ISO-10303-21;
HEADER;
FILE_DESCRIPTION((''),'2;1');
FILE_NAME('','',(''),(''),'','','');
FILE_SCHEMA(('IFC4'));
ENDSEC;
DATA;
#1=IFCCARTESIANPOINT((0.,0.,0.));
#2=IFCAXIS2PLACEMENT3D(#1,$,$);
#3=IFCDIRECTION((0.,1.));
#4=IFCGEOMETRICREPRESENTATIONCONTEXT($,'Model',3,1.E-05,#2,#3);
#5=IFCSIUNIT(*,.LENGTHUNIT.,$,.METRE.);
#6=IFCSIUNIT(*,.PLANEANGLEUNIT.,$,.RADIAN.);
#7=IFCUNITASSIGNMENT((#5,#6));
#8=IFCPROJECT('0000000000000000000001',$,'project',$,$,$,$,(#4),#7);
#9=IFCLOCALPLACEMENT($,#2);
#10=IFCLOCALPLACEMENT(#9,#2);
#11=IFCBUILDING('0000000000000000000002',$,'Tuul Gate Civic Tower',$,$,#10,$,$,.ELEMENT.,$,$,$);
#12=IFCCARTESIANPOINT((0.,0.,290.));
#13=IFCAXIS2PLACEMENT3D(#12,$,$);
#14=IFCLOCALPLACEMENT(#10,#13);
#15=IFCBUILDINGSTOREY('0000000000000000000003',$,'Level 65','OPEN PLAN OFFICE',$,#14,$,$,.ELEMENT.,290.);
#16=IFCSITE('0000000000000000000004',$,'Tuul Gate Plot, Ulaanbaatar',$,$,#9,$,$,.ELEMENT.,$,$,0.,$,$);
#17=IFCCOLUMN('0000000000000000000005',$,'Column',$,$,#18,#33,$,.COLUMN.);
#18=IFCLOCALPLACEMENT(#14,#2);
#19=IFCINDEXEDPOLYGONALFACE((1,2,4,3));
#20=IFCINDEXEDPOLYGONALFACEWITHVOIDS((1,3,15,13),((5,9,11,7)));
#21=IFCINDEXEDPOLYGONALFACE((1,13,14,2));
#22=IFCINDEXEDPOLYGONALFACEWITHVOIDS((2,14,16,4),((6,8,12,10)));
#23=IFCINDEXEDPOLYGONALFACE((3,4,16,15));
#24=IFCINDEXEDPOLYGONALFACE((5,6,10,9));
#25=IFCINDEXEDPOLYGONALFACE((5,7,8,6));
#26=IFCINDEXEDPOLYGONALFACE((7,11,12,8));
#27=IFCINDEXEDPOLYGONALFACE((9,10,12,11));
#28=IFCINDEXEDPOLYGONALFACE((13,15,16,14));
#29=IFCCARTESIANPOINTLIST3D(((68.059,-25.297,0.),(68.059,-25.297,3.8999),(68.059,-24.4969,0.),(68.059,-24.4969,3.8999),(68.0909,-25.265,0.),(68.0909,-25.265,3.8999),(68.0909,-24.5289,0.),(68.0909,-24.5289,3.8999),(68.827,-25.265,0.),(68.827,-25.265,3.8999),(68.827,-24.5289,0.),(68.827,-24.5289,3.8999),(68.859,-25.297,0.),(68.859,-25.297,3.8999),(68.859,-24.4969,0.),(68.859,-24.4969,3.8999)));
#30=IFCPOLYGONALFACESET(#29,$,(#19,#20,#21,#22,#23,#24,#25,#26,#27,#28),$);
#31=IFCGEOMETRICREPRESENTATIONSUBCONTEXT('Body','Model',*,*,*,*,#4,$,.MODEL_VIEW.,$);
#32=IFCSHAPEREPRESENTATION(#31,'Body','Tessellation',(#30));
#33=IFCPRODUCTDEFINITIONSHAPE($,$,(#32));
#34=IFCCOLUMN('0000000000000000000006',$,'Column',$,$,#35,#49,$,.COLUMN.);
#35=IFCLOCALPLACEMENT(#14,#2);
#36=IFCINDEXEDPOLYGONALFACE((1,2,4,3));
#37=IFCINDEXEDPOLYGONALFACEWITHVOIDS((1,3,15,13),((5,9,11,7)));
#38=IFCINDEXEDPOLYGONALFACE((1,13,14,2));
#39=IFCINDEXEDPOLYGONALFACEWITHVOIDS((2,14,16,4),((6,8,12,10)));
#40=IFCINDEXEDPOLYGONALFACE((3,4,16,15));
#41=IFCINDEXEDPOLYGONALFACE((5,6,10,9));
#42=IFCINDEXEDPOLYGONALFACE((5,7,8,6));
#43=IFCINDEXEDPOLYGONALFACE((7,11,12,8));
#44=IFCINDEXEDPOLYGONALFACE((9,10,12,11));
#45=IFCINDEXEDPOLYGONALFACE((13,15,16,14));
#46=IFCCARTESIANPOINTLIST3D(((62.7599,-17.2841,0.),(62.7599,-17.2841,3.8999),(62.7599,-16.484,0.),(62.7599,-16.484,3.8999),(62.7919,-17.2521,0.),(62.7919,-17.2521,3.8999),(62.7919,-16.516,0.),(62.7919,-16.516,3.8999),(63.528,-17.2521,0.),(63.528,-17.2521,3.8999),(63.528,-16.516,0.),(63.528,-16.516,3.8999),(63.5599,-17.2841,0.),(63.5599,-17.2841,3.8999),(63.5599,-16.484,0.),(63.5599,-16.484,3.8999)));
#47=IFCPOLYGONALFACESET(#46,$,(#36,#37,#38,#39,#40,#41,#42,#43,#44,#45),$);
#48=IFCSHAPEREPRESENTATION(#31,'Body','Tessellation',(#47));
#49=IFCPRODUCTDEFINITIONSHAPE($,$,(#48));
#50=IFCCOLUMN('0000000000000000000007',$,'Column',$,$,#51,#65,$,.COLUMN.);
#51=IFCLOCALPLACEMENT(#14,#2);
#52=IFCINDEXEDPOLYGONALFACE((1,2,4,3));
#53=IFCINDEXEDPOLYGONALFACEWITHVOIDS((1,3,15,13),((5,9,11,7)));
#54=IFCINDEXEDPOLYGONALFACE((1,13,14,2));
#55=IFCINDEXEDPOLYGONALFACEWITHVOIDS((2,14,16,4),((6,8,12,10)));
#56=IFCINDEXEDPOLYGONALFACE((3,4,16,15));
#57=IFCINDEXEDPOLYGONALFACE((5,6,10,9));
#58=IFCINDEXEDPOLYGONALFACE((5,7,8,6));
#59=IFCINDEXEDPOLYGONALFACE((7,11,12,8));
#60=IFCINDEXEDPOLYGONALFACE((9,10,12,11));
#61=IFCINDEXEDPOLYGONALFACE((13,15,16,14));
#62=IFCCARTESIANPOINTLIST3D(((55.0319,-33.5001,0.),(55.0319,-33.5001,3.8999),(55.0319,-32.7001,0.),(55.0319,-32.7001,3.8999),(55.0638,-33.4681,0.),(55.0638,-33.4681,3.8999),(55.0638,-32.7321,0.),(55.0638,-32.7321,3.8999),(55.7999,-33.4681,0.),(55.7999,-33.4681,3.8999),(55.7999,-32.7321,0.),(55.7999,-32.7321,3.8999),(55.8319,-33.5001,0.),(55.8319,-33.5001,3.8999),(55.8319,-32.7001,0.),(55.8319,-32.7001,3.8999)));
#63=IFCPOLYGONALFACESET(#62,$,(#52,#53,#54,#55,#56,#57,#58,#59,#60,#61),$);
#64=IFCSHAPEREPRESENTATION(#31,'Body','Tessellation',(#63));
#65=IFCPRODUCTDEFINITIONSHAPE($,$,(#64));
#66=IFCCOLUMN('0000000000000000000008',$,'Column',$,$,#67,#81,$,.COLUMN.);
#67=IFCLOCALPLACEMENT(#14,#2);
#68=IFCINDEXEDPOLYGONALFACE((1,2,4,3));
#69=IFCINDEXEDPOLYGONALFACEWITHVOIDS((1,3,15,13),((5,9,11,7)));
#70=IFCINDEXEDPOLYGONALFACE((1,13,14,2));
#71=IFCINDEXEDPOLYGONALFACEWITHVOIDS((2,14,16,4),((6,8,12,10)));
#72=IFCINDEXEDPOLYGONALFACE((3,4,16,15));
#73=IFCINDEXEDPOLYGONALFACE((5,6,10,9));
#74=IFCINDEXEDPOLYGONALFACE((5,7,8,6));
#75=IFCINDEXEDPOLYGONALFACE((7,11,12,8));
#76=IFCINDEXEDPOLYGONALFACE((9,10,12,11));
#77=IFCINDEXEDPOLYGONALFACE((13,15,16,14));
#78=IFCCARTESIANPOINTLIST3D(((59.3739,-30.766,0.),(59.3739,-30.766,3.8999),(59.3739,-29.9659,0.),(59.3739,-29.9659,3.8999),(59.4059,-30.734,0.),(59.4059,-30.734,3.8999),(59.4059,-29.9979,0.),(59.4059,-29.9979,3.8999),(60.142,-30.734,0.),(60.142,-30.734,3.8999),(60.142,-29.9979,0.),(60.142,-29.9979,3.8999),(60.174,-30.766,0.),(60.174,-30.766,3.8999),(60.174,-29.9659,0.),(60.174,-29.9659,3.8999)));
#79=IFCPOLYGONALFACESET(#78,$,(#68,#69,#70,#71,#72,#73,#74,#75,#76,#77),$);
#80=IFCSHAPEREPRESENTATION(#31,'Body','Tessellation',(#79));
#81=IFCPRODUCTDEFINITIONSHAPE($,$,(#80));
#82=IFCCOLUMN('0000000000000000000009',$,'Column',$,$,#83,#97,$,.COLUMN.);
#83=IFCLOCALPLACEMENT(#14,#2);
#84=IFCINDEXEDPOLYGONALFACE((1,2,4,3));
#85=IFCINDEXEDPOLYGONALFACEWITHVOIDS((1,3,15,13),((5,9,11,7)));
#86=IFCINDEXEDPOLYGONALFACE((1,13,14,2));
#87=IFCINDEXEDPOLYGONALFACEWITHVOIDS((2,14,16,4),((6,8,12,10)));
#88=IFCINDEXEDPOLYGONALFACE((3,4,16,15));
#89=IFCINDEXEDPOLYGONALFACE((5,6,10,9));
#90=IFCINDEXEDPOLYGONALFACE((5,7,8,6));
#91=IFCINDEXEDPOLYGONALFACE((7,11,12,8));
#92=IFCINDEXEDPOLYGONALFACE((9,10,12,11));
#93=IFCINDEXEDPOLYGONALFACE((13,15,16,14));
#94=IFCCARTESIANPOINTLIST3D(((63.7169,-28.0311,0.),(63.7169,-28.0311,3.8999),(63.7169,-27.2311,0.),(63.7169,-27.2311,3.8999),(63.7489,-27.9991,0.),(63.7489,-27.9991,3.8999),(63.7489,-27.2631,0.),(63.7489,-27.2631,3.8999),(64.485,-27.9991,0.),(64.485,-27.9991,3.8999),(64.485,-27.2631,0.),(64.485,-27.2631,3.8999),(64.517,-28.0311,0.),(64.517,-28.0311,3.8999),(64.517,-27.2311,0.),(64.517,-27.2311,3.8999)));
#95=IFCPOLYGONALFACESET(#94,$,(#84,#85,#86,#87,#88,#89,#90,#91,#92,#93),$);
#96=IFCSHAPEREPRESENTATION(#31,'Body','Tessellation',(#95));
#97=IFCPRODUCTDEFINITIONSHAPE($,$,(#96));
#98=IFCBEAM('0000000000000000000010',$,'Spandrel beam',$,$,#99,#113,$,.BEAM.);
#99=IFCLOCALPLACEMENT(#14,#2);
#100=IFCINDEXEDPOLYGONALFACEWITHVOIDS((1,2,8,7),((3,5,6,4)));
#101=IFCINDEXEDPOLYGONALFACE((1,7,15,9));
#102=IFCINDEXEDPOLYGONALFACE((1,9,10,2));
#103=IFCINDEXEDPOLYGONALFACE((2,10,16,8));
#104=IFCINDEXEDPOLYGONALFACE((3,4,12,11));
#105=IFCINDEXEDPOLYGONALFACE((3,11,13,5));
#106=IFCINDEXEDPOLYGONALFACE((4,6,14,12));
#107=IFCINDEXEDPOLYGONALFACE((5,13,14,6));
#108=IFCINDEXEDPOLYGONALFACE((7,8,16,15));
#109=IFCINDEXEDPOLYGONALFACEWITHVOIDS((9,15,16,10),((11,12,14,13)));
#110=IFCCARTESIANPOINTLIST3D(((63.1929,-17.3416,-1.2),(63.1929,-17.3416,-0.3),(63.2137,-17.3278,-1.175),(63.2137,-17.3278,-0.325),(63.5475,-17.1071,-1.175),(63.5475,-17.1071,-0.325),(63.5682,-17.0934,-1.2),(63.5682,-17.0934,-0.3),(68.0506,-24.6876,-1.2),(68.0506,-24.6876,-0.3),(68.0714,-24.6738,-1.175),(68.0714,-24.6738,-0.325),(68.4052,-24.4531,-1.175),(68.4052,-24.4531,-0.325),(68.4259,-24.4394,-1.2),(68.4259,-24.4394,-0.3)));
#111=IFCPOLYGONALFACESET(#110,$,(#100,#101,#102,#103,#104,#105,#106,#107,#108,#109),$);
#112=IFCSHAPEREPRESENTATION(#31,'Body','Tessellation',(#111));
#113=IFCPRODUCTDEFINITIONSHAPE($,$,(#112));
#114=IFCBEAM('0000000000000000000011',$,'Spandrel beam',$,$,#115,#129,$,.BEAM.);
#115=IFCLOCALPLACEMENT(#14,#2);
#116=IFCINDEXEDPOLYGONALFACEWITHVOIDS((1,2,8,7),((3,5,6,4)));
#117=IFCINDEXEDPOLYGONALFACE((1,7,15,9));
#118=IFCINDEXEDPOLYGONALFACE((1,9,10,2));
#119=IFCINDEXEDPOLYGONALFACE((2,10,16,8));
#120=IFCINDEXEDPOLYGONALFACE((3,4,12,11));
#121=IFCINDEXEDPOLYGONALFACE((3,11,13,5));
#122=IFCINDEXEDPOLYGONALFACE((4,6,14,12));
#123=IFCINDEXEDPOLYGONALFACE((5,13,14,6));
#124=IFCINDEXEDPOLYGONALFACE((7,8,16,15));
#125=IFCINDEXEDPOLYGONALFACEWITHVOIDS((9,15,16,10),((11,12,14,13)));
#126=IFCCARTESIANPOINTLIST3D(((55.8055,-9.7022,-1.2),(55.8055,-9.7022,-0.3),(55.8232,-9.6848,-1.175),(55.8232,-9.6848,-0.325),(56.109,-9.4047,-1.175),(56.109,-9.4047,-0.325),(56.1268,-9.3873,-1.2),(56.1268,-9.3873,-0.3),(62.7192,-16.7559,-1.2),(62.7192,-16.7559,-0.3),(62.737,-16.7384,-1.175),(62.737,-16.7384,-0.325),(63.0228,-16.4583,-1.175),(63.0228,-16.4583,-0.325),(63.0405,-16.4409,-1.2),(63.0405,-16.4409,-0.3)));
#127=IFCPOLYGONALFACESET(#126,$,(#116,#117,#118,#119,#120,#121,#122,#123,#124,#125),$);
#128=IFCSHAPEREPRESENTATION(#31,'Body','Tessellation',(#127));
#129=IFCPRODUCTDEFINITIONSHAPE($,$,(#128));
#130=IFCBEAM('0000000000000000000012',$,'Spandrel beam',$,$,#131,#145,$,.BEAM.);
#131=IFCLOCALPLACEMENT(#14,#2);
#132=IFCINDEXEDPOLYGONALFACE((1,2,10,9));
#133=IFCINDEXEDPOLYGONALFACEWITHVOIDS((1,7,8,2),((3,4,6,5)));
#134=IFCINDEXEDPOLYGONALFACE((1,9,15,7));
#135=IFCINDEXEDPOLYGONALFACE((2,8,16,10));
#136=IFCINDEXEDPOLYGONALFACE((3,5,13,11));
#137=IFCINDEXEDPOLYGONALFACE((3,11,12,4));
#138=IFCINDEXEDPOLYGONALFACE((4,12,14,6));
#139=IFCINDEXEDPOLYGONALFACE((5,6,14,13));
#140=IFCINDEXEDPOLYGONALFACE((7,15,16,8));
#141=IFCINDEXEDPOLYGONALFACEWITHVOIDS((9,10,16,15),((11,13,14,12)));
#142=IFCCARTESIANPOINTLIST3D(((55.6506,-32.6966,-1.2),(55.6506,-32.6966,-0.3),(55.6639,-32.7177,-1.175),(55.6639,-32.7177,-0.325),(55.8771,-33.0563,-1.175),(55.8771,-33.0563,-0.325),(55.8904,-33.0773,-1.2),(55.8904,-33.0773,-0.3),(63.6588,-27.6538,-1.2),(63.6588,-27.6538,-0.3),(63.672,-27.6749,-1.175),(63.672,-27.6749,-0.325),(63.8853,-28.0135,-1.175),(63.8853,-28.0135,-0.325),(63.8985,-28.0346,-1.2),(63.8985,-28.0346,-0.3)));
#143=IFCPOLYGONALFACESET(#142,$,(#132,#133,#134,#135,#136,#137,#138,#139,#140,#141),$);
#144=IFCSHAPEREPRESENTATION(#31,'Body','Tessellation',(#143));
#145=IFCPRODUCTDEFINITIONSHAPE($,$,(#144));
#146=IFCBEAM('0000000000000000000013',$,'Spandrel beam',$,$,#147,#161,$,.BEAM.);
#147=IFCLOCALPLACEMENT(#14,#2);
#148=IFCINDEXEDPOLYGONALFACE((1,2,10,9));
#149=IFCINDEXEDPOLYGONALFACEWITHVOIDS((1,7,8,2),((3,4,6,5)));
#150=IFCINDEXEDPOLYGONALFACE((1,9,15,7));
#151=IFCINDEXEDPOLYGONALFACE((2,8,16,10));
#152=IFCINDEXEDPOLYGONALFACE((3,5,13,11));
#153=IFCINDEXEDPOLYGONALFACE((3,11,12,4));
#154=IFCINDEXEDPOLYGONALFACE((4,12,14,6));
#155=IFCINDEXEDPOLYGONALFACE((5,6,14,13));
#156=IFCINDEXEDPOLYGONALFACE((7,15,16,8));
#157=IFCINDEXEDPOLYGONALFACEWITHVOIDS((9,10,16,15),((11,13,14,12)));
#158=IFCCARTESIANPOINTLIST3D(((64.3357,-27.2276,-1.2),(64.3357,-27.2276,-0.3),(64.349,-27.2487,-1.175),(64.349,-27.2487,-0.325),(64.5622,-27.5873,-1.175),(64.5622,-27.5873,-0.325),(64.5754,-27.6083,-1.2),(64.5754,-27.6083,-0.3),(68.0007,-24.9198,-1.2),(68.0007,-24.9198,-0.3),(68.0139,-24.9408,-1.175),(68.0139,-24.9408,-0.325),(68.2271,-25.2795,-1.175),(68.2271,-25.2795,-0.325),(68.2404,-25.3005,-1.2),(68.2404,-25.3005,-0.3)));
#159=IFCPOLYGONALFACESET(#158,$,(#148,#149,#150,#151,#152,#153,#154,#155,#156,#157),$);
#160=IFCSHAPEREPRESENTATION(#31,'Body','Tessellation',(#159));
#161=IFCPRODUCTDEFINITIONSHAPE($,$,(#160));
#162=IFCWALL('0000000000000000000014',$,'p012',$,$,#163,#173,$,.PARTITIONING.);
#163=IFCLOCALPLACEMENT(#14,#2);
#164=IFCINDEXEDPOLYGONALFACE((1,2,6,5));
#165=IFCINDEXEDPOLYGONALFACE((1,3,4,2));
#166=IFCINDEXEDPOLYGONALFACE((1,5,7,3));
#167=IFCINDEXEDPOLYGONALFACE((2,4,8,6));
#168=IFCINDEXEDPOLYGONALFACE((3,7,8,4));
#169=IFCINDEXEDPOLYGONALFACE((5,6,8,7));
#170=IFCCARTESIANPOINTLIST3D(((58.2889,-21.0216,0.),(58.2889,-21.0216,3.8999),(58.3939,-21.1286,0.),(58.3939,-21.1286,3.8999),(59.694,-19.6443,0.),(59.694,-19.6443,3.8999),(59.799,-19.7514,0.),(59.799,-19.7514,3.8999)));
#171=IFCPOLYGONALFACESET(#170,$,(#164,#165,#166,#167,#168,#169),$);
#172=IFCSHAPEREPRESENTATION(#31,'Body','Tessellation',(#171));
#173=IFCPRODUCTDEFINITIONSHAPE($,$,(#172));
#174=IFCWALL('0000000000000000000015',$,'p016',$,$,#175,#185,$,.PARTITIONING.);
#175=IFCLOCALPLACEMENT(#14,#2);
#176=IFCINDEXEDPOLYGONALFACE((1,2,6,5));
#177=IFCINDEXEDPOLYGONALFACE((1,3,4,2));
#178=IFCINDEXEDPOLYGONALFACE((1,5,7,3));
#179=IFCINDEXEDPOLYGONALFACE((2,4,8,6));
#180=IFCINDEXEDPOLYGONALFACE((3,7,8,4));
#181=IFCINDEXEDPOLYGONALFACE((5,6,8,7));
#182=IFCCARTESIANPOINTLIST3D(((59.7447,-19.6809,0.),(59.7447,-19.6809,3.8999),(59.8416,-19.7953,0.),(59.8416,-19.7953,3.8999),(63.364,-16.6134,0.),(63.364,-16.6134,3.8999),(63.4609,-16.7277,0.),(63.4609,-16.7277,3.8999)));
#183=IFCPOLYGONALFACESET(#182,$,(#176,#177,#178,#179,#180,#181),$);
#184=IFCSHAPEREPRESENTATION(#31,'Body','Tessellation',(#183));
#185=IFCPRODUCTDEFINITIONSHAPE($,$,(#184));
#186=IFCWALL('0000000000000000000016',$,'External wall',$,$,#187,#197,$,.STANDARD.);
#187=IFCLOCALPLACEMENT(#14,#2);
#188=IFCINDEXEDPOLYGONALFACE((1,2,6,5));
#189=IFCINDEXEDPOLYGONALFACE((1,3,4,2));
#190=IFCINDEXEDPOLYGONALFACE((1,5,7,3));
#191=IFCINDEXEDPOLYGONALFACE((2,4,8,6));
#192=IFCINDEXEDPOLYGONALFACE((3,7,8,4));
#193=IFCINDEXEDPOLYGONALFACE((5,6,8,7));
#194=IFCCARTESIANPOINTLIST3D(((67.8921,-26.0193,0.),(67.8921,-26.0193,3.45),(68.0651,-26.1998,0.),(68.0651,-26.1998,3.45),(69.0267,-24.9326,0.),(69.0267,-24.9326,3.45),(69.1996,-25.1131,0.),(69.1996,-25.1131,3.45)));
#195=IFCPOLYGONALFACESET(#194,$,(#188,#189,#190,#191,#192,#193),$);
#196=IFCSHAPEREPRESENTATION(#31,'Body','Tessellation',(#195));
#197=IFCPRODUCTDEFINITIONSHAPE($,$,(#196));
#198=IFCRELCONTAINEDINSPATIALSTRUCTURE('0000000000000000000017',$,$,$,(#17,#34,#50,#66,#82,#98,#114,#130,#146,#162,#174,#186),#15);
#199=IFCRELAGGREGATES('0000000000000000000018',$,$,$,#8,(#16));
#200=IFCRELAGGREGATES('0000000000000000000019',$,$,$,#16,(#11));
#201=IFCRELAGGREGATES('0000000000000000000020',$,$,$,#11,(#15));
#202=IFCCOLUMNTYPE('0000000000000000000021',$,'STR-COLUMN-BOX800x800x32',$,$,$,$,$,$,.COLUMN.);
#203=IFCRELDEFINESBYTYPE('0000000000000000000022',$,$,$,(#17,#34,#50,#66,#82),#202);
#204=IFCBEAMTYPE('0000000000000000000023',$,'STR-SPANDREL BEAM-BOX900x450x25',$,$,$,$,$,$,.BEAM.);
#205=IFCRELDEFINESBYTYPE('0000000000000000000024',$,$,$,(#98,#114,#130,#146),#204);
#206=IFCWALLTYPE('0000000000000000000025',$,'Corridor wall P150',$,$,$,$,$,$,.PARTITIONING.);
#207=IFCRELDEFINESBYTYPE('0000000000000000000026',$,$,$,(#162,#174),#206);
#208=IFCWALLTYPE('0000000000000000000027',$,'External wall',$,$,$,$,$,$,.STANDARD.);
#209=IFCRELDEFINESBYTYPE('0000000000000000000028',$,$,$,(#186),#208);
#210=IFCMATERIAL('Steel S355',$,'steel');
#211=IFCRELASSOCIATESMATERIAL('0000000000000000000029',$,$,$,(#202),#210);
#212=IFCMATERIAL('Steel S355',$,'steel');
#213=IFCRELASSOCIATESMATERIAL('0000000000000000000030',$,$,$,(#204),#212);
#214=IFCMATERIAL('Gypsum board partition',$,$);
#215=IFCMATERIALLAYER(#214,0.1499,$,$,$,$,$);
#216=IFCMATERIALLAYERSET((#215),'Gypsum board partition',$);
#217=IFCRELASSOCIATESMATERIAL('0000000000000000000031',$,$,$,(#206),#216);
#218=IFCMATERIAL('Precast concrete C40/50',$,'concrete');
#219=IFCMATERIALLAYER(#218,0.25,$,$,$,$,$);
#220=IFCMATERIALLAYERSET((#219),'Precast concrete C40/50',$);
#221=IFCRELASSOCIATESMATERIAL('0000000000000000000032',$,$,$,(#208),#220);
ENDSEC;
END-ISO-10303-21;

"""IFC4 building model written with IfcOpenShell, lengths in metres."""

from ifc_helpers import new_model, si_unit, direction, frame, frame_2d, origin, origin_2d, place, context, subcontext, project, spatial, rectangle, hollow_rectangle, extrude, material, layer, layer_set, material_profile, profile_set, type_object, element, save


model = new_model("IFC4")

# Units and contexts
model_context = context("Model", 3, precision=1e-05, world=origin(), true_north=direction((0.0, 1.0)))
body_context = subcontext(model_context, "Body", "Model", "MODEL_VIEW")
ifc_project = project(units=[si_unit("LENGTHUNIT", "METRE"), si_unit("PLANEANGLEUNIT", "RADIAN")], contexts=[model_context])

# Site, building, storey
site_placement = place(None, origin())
site = spatial("IfcSite", under=ifc_project, at=site_placement, Name="Tuul Gate Plot, Ulaanbaatar", CompositionType="ELEMENT", RefElevation=0.0)
building_placement = place(site_placement, origin())
building = spatial("IfcBuilding", under=site, at=building_placement, Name="Tuul Gate Civic Tower", CompositionType="ELEMENT")
storey_placement = place(building_placement, frame((0.0, 0.0, 290.0)))
storey = spatial("IfcBuildingStorey", under=building, at=storey_placement, Name="Level 65", Description="OPEN PLAN OFFICE", CompositionType="ELEMENT", Elevation=290.0)

# Columns
ifc_material_1 = material(Name="Steel S355", Category="steel")
ifc_material_profile_1 = material_profile(ifc_material_1, hollow_rectangle(XDim=0.8, YDim=0.8, WallThickness=0.032, at=origin_2d()), Name="BOX800x800x32")
ifc_profile_set_1 = profile_set([ifc_material_profile_1], Name="Steel S355")
column_type = type_object("IfcColumnType", Name="STR-COLUMN-BOX800x800x32", PredefinedType="COLUMN", material=ifc_profile_set_1)
for number, where, z_axis, x_axis, name in (
    (1, (68.459, -24.897, 0.0), (0.0, 0.0, 1.0), (1.0, 0.0, 0.0), "Column"),
    (2, (63.1599, -16.884, 0.0), (0.0, 0.0, 1.0), (1.0, 0.0, 0.0), "Column"),
    (3, (55.4319, -33.1001, 0.0), (0.0, 0.0, 1.0), (1.0, 0.0, 0.0), "Column"),
    (4, (59.7739, -30.366, 0.0), (0.0, 0.0, 1.0), (1.0, 0.0, 0.0), "Column"),
    (5, (64.1169, -27.6311, 0.0), (0.0, 0.0, 1.0), (1.0, 0.0, 0.0), "Column"),
):
    element("IfcColumn", number, at=place(storey_placement, frame(where, z_axis=z_axis, x_axis=x_axis)), inside=storey, type_object=column_type, Name=name, PredefinedType="COLUMN", context=body_context, shape_type="SweptSolid", body=[
        extrude(hollow_rectangle(XDim=0.8, YDim=0.8, WallThickness=0.032, at=origin_2d()), origin(), (0.0, 0.0, 1.0), 3.8999),
    ])

# Beams
ifc_material_2 = material(Name="Steel S355", Category="steel")
ifc_material_profile_2 = material_profile(ifc_material_2, hollow_rectangle(XDim=0.45, YDim=0.8999, WallThickness=0.0249, at=origin_2d()), Name="BOX900x450x25")
ifc_profile_set_2 = profile_set([ifc_material_profile_2], Name="Steel S355")
beam_type = type_object("IfcBeamType", Name="STR-SPANDREL BEAM-BOX900x450x25", PredefinedType="BEAM", material=ifc_profile_set_2)
beam_1_placement = place(storey_placement, frame((68.2383, -24.5635, -0.75), z_axis=(-0.551581, 0.834121, 0.0), x_axis=(-0.834121, -0.551581, 0.0)))
element("IfcBeam", 6, at=beam_1_placement, inside=storey, type_object=beam_type, Name="Spandrel beam", PredefinedType="BEAM", context=body_context, shape_type="SweptSolid", body=[
    extrude(hollow_rectangle(XDim=0.45, YDim=0.8999, WallThickness=0.0249, at=origin_2d()), origin(), (0.0, 0.0, 1.0), 8.8069),
])
beam_2_placement = place(storey_placement, frame((62.8799, -16.5984, -0.75), z_axis=(-0.69999, 0.714153, 0.0), x_axis=(-0.714153, -0.69999, 0.0)))
element("IfcBeam", 7, at=beam_2_placement, inside=storey, type_object=beam_type, Name="Spandrel beam", PredefinedType="BEAM", context=body_context, shape_type="SweptSolid", body=[
    extrude(hollow_rectangle(XDim=0.45, YDim=0.8999, WallThickness=0.0249, at=origin_2d()), origin(), (0.0, 0.0, 1.0), 9.877),
])
beam_3_placement = place(storey_placement, frame((55.7705, -32.887, -0.75), z_axis=(0.846204, 0.53286, 0.0), x_axis=(-0.53286, 0.846204, 0.0)))
element("IfcBeam", 8, at=beam_3_placement, inside=storey, type_object=beam_type, Name="Spandrel beam", PredefinedType="BEAM", context=body_context, shape_type="SweptSolid", body=[
    extrude(hollow_rectangle(XDim=0.45, YDim=0.8999, WallThickness=0.0249, at=origin_2d()), origin(), (0.0, 0.0, 1.0), 9.4636),
])
beam_4_placement = place(storey_placement, frame((64.4556, -27.418, -0.75), z_axis=(0.846207, 0.532854, 0.0), x_axis=(-0.532854, 0.846207, 0.0)))
element("IfcBeam", 9, at=beam_4_placement, inside=storey, type_object=beam_type, Name="Spandrel beam", PredefinedType="BEAM", context=body_context, shape_type="SweptSolid", body=[
    extrude(hollow_rectangle(XDim=0.45, YDim=0.8999, WallThickness=0.0249, at=origin_2d()), origin(), (0.0, 0.0, 1.0), 4.3311),
])

# Walls
ifc_material_3 = material(Name="Gypsum board partition")
ifc_layer_1 = layer(ifc_material_3, 0.1499)
ifc_layer_set_1 = layer_set([ifc_layer_1], Name="Gypsum board partition")
wall_type_1 = type_object("IfcWallType", Name="Corridor wall P150", PredefinedType="PARTITIONING", material=ifc_layer_set_1)
wall_1_placement = place(storey_placement, frame((58.3413, -21.0752, 0.0), z_axis=(0.0, 0.0, 1.0), x_axis=(0.714145, 0.699998, 0.0)))
element("IfcWall", 10, at=wall_1_placement, inside=storey, type_object=wall_type_1, Name="p012", PredefinedType="PARTITIONING", context=body_context, shape_type="SweptSolid", body=[
    extrude(rectangle(XDim=1.9675, YDim=0.1499, at=frame_2d((0.9839, 0.0))), origin(), (0.0, 0.0, 1.0), 3.8999),
])
wall_2_placement = place(storey_placement, frame((59.7932, -19.738, 0.0), z_axis=(0.0, 0.0, 1.0), x_axis=(0.762859, 0.646565, 0.0)))
element("IfcWall", 11, at=wall_2_placement, inside=storey, type_object=wall_type_1, Name="p016", PredefinedType="PARTITIONING", context=body_context, shape_type="SweptSolid", body=[
    extrude(rectangle(XDim=4.7444, YDim=0.1499, at=frame_2d((2.3721, 0.0))), origin(), (0.0, 0.0, 1.0), 3.8999),
])
ifc_material_4 = material(Name="Precast concrete C40/50", Category="concrete")
ifc_layer_2 = layer(ifc_material_4, 0.25)
ifc_layer_set_2 = layer_set([ifc_layer_2], Name="Precast concrete C40/50")
wall_type_2 = type_object("IfcWallType", Name="External wall", PredefinedType="STANDARD", material=ifc_layer_set_2)
wall_3_placement = place(storey_placement, frame((67.9785, -26.1096, 0.0), z_axis=(0.0, 0.0, 1.0), x_axis=(0.722173, 0.691713, 0.0)))
element("IfcWall", 12, at=wall_3_placement, inside=storey, type_object=wall_type_2, Name="External wall", PredefinedType="STANDARD", context=body_context, shape_type="SweptSolid", body=[
    extrude(rectangle(XDim=1.571, YDim=0.25, at=frame_2d((0.7856, 0.0))), origin(), (0.0, 0.0, 1.0), 3.45),
])

save(model, "model.ifc")
